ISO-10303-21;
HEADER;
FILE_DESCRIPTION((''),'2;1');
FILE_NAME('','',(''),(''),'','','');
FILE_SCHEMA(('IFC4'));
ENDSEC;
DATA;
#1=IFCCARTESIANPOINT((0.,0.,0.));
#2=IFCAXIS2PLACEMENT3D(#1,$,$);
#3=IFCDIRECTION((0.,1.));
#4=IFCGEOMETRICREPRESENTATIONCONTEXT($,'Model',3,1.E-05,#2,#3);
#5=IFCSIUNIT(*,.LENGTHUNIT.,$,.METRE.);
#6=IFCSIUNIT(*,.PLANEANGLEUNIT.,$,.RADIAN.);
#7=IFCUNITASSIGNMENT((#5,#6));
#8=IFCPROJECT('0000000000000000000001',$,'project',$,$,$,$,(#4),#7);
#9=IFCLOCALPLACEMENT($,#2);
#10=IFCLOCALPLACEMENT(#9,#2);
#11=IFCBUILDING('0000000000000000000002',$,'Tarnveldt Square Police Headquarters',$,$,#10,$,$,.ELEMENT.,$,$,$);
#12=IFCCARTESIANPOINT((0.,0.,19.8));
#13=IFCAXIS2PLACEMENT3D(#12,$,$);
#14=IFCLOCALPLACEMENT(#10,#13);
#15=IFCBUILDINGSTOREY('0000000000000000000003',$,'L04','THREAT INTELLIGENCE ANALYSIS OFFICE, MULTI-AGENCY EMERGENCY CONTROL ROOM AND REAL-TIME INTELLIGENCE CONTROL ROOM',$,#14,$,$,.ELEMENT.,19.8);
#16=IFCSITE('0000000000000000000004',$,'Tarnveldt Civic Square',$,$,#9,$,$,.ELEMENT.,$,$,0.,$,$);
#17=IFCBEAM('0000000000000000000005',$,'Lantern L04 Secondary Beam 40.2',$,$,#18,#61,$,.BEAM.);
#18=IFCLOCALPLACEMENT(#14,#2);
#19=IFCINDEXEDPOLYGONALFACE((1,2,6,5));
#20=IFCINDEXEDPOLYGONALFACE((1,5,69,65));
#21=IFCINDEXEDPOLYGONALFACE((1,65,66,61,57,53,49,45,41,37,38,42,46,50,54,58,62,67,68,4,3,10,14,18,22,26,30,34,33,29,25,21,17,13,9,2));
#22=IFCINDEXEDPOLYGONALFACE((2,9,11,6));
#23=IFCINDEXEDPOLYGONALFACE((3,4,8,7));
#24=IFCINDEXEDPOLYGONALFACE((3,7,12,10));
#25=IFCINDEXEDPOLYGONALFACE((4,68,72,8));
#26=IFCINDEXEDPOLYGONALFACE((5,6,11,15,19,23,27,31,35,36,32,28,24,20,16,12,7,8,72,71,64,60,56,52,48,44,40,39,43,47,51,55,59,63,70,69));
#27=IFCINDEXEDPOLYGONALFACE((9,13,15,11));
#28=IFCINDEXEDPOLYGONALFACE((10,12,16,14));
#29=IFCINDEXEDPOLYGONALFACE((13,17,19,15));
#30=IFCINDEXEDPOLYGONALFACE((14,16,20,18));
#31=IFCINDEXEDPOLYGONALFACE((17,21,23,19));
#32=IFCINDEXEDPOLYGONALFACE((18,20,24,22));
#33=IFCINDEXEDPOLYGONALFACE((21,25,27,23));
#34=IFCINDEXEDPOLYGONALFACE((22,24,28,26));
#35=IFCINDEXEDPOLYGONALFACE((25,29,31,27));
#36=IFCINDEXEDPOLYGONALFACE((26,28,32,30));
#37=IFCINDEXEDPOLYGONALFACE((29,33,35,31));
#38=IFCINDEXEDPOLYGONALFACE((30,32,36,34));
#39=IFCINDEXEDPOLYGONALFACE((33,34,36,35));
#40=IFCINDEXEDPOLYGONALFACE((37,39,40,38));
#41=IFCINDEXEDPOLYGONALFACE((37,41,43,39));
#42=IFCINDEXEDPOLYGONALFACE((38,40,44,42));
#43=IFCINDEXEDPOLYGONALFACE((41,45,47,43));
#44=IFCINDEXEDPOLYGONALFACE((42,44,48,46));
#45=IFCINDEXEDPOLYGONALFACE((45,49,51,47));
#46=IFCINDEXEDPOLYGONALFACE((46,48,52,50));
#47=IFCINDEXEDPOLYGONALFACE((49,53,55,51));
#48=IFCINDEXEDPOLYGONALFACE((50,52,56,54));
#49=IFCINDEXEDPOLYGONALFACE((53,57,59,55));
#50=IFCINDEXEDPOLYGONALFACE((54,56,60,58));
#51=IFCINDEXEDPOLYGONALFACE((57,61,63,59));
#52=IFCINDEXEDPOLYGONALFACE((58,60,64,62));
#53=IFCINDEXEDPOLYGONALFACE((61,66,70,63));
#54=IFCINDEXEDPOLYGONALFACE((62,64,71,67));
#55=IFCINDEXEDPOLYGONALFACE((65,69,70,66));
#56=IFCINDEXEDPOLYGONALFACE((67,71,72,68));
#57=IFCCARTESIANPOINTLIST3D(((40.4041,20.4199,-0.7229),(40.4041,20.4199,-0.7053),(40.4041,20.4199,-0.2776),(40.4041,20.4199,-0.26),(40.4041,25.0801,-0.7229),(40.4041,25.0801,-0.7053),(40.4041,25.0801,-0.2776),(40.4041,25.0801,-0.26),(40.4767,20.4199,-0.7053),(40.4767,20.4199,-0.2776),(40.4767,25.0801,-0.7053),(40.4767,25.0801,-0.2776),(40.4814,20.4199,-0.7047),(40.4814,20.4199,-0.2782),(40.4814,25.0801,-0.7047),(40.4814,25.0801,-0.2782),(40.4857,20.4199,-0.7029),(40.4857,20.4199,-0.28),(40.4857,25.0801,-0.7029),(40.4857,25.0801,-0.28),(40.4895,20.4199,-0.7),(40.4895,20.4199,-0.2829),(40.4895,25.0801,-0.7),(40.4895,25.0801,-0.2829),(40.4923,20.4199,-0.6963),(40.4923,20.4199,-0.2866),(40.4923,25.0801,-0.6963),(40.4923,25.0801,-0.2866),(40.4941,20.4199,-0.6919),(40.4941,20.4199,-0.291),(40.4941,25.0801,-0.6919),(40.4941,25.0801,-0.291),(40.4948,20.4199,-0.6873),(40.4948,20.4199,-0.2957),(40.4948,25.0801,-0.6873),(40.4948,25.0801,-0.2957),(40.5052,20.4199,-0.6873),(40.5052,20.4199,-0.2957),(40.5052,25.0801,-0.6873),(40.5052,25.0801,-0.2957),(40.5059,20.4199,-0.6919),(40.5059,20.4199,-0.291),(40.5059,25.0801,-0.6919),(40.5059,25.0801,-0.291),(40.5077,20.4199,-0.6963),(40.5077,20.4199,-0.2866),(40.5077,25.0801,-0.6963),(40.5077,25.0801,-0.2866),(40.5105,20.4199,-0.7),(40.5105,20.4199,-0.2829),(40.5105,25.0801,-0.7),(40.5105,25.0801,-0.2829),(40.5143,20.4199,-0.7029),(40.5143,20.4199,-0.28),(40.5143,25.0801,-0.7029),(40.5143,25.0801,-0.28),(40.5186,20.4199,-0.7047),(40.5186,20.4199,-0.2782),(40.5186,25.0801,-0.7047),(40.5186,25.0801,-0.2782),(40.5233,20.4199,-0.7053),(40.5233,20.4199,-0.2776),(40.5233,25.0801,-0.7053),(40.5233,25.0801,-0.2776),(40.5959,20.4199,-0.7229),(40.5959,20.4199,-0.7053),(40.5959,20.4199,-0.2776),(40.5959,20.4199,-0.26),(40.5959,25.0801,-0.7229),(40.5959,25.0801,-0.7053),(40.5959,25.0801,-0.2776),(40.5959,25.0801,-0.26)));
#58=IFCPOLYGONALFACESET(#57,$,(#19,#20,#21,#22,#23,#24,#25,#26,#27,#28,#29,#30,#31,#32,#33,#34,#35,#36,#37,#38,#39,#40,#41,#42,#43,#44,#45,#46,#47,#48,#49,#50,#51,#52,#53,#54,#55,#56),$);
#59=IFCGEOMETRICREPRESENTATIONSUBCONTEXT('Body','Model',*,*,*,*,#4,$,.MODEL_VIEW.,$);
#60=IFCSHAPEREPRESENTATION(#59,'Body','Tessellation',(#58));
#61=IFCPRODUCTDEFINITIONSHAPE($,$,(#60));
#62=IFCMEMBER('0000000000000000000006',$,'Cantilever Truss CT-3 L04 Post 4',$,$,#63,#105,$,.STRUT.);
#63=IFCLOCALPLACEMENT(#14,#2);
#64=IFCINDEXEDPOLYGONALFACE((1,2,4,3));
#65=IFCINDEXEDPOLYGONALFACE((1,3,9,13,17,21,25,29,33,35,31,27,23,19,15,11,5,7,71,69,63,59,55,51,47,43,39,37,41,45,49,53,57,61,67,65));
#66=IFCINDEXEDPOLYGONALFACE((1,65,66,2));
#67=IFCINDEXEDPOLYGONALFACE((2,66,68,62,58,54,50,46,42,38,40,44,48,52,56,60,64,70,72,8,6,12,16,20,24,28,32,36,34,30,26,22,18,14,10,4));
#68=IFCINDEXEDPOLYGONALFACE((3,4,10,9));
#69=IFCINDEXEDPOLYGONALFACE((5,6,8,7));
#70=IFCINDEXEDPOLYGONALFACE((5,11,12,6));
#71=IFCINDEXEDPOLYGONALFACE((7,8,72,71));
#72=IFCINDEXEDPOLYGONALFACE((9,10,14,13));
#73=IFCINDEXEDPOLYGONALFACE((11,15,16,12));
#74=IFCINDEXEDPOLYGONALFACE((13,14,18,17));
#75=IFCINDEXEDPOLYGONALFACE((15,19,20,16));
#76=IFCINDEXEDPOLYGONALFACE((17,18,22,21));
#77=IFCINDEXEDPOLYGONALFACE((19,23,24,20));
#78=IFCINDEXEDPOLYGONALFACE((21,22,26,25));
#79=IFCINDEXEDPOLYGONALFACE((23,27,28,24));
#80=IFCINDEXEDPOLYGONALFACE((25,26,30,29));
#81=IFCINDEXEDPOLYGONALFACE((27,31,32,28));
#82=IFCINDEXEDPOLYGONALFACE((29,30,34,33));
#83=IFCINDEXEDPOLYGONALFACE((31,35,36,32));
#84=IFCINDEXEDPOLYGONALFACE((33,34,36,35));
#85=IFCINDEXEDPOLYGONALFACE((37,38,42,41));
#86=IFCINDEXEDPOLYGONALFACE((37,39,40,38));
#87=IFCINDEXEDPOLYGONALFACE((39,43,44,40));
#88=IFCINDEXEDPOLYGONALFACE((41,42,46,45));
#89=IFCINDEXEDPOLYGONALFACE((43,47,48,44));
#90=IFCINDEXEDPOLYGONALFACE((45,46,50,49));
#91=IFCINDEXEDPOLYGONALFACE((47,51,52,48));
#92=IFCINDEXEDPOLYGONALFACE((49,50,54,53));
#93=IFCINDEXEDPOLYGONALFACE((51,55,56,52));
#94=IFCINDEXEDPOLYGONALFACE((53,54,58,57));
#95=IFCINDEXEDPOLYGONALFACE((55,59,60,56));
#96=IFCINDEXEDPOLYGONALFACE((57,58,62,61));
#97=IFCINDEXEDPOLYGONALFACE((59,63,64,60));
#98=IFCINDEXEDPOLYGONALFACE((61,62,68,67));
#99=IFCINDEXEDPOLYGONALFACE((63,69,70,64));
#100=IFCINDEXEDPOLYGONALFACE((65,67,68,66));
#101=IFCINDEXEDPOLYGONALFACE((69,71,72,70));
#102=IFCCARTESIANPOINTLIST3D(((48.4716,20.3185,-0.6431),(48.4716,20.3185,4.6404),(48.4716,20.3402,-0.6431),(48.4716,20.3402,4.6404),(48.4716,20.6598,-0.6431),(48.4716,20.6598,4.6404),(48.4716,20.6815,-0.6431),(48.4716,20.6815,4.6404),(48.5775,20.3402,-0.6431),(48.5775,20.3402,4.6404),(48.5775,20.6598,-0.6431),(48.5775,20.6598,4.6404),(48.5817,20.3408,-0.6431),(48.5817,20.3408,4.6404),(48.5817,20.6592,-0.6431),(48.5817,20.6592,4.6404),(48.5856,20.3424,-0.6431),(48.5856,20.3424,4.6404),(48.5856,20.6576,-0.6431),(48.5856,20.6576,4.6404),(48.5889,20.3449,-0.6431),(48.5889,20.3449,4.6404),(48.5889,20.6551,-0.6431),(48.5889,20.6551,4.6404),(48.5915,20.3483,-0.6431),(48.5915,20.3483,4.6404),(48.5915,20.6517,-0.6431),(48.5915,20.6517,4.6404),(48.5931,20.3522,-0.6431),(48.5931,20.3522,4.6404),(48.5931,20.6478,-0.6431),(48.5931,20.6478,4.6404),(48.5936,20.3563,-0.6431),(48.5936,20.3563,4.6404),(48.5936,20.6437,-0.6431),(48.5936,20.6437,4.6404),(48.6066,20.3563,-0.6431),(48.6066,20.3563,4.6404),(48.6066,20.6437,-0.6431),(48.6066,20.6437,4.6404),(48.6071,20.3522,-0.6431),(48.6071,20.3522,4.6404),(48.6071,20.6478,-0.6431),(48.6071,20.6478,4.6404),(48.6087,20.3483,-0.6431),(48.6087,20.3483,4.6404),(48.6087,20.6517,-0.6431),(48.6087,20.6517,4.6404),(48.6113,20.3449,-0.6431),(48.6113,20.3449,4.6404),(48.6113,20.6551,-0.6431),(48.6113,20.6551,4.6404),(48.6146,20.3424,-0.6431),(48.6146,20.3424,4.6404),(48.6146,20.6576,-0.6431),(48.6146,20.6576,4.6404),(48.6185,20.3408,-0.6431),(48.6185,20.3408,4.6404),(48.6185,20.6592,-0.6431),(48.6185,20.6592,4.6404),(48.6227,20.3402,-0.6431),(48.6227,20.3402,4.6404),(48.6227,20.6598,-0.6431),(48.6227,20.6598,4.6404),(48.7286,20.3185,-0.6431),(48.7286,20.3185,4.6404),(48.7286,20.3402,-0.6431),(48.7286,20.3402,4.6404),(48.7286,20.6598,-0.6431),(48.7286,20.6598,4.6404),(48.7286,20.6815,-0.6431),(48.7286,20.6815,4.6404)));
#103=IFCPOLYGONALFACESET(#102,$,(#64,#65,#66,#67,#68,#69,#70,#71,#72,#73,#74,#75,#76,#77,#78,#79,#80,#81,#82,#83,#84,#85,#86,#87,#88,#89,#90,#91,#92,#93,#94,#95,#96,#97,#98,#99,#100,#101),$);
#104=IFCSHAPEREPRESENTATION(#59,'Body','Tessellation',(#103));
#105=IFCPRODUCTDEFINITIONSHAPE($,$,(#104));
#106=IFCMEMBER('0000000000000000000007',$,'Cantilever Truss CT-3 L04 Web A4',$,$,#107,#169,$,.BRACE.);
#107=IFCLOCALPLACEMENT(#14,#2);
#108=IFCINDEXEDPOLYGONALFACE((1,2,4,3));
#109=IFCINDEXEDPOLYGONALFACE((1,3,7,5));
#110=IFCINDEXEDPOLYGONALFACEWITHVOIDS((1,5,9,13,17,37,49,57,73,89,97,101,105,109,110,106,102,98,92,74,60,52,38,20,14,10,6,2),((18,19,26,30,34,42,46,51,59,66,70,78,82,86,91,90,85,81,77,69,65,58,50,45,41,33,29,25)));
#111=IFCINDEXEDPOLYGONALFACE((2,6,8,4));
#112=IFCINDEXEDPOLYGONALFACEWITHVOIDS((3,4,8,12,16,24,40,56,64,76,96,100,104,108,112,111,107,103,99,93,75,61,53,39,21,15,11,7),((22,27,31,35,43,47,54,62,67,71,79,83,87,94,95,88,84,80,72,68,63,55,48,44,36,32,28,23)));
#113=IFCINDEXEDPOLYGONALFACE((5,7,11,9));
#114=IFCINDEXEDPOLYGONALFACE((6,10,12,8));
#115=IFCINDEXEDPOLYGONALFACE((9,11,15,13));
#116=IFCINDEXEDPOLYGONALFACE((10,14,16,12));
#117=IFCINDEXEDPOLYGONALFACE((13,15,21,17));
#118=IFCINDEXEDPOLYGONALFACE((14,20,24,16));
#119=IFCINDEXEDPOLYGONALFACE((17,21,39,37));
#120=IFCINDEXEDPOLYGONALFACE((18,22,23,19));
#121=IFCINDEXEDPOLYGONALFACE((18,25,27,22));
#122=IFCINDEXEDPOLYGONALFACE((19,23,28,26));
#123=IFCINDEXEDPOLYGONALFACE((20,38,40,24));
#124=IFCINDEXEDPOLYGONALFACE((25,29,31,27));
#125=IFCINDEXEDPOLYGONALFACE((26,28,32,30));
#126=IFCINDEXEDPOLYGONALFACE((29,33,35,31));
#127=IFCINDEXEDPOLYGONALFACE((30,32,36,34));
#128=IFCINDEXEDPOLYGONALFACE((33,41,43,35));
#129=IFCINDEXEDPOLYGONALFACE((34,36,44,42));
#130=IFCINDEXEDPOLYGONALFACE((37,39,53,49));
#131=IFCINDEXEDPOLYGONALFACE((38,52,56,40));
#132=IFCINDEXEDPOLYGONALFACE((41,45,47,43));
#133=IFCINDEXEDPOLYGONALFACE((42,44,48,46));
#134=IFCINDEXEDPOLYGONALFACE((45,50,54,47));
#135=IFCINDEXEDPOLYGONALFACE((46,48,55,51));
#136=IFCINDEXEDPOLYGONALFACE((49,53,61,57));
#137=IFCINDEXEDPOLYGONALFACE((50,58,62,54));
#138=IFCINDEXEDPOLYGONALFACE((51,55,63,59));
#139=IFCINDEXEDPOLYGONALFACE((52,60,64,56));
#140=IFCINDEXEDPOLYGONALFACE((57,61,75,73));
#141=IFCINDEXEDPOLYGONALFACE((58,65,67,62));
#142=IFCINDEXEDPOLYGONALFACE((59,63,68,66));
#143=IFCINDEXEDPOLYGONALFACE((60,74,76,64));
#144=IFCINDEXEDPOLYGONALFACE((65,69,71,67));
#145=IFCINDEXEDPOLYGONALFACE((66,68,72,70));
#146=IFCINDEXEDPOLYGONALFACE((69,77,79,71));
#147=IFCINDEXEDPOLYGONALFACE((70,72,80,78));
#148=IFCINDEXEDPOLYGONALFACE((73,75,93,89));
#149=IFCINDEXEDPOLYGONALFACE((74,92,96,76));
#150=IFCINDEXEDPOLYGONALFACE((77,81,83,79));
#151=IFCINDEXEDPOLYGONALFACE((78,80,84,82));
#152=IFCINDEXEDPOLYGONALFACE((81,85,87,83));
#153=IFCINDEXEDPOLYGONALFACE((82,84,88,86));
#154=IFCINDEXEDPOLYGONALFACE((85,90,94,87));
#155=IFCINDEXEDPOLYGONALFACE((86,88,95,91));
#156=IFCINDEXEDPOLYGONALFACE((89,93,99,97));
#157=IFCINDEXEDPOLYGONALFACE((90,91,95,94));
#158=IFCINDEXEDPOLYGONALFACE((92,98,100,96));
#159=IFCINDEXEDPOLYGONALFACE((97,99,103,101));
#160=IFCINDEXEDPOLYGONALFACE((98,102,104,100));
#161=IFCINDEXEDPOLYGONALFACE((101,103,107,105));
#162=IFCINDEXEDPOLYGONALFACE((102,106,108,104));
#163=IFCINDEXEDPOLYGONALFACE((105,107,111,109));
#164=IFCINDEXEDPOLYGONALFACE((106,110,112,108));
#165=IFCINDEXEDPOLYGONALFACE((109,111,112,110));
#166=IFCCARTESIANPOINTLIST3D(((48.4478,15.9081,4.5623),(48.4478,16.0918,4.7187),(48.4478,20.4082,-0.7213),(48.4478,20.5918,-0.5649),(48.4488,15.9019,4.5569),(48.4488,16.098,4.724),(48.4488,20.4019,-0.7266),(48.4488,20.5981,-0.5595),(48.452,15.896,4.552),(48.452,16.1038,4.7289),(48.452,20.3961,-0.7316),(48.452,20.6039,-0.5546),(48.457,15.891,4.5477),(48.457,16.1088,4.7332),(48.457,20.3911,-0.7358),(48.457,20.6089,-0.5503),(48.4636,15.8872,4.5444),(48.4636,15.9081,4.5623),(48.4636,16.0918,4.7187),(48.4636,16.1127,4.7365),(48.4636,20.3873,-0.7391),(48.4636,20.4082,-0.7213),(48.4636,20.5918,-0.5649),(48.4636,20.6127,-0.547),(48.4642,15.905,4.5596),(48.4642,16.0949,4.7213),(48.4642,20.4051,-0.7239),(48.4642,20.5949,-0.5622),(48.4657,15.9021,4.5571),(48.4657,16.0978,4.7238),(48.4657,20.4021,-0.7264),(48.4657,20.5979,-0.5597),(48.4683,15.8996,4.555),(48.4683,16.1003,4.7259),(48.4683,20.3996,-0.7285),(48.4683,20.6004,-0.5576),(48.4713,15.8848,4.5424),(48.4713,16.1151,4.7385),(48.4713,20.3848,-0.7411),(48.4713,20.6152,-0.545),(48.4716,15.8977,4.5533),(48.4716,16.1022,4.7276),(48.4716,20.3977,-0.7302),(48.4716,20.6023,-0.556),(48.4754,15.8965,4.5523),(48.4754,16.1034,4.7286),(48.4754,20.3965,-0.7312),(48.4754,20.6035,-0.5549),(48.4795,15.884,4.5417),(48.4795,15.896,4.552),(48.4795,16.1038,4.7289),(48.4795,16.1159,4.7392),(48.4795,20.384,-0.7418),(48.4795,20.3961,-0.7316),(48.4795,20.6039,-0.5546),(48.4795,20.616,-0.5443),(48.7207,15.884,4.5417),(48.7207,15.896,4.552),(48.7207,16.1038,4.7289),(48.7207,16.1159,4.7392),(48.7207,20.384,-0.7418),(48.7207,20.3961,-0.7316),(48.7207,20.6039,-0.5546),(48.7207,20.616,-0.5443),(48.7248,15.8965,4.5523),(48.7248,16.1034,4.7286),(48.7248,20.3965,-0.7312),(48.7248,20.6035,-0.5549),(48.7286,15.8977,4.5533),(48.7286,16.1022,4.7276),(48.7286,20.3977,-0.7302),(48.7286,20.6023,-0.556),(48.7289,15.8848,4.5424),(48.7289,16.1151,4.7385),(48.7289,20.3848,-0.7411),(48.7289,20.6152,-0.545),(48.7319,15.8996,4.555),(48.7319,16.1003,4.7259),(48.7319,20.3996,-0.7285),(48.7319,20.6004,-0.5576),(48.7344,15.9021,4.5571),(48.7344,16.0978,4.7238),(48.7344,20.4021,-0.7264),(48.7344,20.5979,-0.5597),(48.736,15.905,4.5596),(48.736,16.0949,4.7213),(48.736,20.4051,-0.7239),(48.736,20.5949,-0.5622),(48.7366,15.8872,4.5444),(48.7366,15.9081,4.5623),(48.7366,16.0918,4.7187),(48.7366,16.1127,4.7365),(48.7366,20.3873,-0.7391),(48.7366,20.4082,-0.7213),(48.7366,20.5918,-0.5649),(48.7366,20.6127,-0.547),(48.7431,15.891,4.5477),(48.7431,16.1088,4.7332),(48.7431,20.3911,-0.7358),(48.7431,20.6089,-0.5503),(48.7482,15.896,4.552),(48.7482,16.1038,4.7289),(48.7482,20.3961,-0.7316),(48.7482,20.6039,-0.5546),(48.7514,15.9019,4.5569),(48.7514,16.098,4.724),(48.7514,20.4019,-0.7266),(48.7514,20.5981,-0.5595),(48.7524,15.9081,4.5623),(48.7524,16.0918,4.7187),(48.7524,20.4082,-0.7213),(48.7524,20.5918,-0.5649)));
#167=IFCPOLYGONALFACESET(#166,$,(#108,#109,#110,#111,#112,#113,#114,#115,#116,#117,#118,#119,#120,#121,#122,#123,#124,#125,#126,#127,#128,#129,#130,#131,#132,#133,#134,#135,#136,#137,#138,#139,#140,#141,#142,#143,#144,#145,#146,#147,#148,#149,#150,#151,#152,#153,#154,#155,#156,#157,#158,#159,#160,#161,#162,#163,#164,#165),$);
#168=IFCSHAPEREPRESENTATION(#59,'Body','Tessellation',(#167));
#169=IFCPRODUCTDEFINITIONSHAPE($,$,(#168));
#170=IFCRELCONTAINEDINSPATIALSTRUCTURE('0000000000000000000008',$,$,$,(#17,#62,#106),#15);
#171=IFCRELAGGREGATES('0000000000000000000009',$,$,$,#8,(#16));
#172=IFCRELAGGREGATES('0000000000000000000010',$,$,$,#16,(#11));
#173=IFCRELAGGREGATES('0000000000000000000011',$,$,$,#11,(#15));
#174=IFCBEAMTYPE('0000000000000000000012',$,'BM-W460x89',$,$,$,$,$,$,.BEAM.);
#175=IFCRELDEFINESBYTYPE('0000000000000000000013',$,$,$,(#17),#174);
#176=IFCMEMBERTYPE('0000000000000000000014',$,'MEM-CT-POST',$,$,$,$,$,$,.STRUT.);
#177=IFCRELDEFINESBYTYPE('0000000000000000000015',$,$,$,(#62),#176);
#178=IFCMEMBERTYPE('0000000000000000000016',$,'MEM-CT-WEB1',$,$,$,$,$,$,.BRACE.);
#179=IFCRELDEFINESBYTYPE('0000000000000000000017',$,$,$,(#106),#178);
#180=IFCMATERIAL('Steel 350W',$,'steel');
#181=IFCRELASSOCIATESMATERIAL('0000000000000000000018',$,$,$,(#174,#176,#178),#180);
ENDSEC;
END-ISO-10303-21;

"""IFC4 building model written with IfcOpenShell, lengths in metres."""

from ifc_helpers import new_model, si_unit, direction, frame, origin, origin_2d, place, context, subcontext, project, spatial, hollow_rectangle, i_section, extrude, material, material_profile, profile_set, type_object, element, save


model = new_model("IFC4")

# Units and contexts
model_context = context("Model", 3, precision=1e-05, world=origin(), true_north=direction((0.0, 1.0)))
body_context = subcontext(model_context, "Body", "Model", "MODEL_VIEW")
ifc_project = project(units=[si_unit("LENGTHUNIT", "METRE"), si_unit("PLANEANGLEUNIT", "RADIAN")], contexts=[model_context])

# Site, building, storey
site_placement = place(None, origin())
site = spatial("IfcSite", under=ifc_project, at=site_placement, Name="Tarnveldt Civic Square", CompositionType="ELEMENT", RefElevation=0.0)
building_placement = place(site_placement, origin())
building = spatial("IfcBuilding", under=site, at=building_placement, Name="Tarnveldt Square Police Headquarters", CompositionType="ELEMENT")
storey_placement = place(building_placement, frame((0.0, 0.0, 19.8)))
storey = spatial("IfcBuildingStorey", under=building, at=storey_placement, Name="L04", Description="THREAT INTELLIGENCE ANALYSIS OFFICE, MULTI-AGENCY EMERGENCY CONTROL ROOM AND REAL-TIME INTELLIGENCE CONTROL ROOM", CompositionType="ELEMENT", Elevation=19.8)

# Beam
ifc_material_1 = material(Name="Steel 350W", Category="steel")
ifc_material_profile_1 = material_profile(ifc_material_1, i_section(OverallWidth=0.1919, OverallDepth=0.4629, WebThickness=0.0105, FlangeThickness=0.0176, FilletRadius=0.0181, at=origin_2d()), Name="W460x89")
ifc_profile_set_1 = profile_set([ifc_material_profile_1], Name="Steel 350W")
beam_type_1 = type_object("IfcBeamType", Name="BM-W460x89", PredefinedType="BEAM", material=ifc_profile_set_1)
for number, where, z_axis, x_axis, name in (
    (1, (40.5, 25.0801, -0.4915), (0.0, -1.0, 0.0), (1.0, 0.0, 0.0), "Lantern L04 Secondary Beam 40.2"),
):
    element("IfcBeam", number, at=place(storey_placement, frame(where, z_axis=z_axis, x_axis=x_axis)), inside=storey, type_object=beam_type_1, Name=name, PredefinedType="BEAM", context=body_context, shape_type="SweptSolid", body=[
        extrude(i_section(OverallWidth=0.1919, OverallDepth=0.4629, WebThickness=0.0105, FlangeThickness=0.0176, FilletRadius=0.0181, at=origin_2d()), origin(), (0.0, 0.0, 1.0), 4.6602),
    ])

# Members
ifc_material_profile_2 = material_profile(ifc_material_1, i_section(OverallWidth=0.2571, OverallDepth=0.363, WebThickness=0.0129, FlangeThickness=0.0217, FilletRadius=0.0161, at=origin_2d()), Name="W360x122")
ifc_profile_set_2 = profile_set([ifc_material_profile_2], Name="Steel 350W")
member_type_1 = type_object("IfcMemberType", Name="MEM-CT-POST", PredefinedType="STRUT", material=ifc_profile_set_2)
member_1_placement = place(storey_placement, frame((48.6001, 20.5, -0.6431), z_axis=(0.0, 0.0, 1.0), x_axis=(1.0, 0.0, 0.0)))
element("IfcMember", 2, at=member_1_placement, inside=storey, type_object=member_type_1, Name="Cantilever Truss CT-3 L04 Post 4", PredefinedType="STRUT", context=body_context, shape_type="SweptSolid", body=[
    extrude(i_section(OverallWidth=0.2571, OverallDepth=0.363, WebThickness=0.0129, FlangeThickness=0.0217, FilletRadius=0.0161, at=origin_2d()), origin(), (0.0, 0.0, 1.0), 5.2834),
])
ifc_material_profile_3 = material_profile(ifc_material_1, hollow_rectangle(XDim=0.3047, YDim=0.3047, WallThickness=0.0159, InnerFilletRadius=0.0159, OuterFilletRadius=0.0317, at=origin_2d()), Name="HSS305x305x16")
ifc_profile_set_3 = profile_set([ifc_material_profile_3], Name="Steel 350W")
member_type_2 = type_object("IfcMemberType", Name="MEM-CT-WEB1", PredefinedType="BRACE", material=ifc_profile_set_3)
member_2_placement = place(storey_placement, frame((48.6001, 20.5, -0.6431), z_axis=(0.0, -0.648407, 0.761294), x_axis=(1.0, 0.0, 0.0)))
element("IfcMember", 3, at=member_2_placement, inside=storey, type_object=member_type_2, Name="Cantilever Truss CT-3 L04 Web A4", PredefinedType="BRACE", context=body_context, shape_type="SweptSolid", body=[
    extrude(hollow_rectangle(XDim=0.3047, YDim=0.3047, WallThickness=0.0159, InnerFilletRadius=0.0159, OuterFilletRadius=0.0317, at=origin_2d()), origin(), (0.0, 0.0, 1.0), 6.9402),
])

save(model, "model.ifc")
